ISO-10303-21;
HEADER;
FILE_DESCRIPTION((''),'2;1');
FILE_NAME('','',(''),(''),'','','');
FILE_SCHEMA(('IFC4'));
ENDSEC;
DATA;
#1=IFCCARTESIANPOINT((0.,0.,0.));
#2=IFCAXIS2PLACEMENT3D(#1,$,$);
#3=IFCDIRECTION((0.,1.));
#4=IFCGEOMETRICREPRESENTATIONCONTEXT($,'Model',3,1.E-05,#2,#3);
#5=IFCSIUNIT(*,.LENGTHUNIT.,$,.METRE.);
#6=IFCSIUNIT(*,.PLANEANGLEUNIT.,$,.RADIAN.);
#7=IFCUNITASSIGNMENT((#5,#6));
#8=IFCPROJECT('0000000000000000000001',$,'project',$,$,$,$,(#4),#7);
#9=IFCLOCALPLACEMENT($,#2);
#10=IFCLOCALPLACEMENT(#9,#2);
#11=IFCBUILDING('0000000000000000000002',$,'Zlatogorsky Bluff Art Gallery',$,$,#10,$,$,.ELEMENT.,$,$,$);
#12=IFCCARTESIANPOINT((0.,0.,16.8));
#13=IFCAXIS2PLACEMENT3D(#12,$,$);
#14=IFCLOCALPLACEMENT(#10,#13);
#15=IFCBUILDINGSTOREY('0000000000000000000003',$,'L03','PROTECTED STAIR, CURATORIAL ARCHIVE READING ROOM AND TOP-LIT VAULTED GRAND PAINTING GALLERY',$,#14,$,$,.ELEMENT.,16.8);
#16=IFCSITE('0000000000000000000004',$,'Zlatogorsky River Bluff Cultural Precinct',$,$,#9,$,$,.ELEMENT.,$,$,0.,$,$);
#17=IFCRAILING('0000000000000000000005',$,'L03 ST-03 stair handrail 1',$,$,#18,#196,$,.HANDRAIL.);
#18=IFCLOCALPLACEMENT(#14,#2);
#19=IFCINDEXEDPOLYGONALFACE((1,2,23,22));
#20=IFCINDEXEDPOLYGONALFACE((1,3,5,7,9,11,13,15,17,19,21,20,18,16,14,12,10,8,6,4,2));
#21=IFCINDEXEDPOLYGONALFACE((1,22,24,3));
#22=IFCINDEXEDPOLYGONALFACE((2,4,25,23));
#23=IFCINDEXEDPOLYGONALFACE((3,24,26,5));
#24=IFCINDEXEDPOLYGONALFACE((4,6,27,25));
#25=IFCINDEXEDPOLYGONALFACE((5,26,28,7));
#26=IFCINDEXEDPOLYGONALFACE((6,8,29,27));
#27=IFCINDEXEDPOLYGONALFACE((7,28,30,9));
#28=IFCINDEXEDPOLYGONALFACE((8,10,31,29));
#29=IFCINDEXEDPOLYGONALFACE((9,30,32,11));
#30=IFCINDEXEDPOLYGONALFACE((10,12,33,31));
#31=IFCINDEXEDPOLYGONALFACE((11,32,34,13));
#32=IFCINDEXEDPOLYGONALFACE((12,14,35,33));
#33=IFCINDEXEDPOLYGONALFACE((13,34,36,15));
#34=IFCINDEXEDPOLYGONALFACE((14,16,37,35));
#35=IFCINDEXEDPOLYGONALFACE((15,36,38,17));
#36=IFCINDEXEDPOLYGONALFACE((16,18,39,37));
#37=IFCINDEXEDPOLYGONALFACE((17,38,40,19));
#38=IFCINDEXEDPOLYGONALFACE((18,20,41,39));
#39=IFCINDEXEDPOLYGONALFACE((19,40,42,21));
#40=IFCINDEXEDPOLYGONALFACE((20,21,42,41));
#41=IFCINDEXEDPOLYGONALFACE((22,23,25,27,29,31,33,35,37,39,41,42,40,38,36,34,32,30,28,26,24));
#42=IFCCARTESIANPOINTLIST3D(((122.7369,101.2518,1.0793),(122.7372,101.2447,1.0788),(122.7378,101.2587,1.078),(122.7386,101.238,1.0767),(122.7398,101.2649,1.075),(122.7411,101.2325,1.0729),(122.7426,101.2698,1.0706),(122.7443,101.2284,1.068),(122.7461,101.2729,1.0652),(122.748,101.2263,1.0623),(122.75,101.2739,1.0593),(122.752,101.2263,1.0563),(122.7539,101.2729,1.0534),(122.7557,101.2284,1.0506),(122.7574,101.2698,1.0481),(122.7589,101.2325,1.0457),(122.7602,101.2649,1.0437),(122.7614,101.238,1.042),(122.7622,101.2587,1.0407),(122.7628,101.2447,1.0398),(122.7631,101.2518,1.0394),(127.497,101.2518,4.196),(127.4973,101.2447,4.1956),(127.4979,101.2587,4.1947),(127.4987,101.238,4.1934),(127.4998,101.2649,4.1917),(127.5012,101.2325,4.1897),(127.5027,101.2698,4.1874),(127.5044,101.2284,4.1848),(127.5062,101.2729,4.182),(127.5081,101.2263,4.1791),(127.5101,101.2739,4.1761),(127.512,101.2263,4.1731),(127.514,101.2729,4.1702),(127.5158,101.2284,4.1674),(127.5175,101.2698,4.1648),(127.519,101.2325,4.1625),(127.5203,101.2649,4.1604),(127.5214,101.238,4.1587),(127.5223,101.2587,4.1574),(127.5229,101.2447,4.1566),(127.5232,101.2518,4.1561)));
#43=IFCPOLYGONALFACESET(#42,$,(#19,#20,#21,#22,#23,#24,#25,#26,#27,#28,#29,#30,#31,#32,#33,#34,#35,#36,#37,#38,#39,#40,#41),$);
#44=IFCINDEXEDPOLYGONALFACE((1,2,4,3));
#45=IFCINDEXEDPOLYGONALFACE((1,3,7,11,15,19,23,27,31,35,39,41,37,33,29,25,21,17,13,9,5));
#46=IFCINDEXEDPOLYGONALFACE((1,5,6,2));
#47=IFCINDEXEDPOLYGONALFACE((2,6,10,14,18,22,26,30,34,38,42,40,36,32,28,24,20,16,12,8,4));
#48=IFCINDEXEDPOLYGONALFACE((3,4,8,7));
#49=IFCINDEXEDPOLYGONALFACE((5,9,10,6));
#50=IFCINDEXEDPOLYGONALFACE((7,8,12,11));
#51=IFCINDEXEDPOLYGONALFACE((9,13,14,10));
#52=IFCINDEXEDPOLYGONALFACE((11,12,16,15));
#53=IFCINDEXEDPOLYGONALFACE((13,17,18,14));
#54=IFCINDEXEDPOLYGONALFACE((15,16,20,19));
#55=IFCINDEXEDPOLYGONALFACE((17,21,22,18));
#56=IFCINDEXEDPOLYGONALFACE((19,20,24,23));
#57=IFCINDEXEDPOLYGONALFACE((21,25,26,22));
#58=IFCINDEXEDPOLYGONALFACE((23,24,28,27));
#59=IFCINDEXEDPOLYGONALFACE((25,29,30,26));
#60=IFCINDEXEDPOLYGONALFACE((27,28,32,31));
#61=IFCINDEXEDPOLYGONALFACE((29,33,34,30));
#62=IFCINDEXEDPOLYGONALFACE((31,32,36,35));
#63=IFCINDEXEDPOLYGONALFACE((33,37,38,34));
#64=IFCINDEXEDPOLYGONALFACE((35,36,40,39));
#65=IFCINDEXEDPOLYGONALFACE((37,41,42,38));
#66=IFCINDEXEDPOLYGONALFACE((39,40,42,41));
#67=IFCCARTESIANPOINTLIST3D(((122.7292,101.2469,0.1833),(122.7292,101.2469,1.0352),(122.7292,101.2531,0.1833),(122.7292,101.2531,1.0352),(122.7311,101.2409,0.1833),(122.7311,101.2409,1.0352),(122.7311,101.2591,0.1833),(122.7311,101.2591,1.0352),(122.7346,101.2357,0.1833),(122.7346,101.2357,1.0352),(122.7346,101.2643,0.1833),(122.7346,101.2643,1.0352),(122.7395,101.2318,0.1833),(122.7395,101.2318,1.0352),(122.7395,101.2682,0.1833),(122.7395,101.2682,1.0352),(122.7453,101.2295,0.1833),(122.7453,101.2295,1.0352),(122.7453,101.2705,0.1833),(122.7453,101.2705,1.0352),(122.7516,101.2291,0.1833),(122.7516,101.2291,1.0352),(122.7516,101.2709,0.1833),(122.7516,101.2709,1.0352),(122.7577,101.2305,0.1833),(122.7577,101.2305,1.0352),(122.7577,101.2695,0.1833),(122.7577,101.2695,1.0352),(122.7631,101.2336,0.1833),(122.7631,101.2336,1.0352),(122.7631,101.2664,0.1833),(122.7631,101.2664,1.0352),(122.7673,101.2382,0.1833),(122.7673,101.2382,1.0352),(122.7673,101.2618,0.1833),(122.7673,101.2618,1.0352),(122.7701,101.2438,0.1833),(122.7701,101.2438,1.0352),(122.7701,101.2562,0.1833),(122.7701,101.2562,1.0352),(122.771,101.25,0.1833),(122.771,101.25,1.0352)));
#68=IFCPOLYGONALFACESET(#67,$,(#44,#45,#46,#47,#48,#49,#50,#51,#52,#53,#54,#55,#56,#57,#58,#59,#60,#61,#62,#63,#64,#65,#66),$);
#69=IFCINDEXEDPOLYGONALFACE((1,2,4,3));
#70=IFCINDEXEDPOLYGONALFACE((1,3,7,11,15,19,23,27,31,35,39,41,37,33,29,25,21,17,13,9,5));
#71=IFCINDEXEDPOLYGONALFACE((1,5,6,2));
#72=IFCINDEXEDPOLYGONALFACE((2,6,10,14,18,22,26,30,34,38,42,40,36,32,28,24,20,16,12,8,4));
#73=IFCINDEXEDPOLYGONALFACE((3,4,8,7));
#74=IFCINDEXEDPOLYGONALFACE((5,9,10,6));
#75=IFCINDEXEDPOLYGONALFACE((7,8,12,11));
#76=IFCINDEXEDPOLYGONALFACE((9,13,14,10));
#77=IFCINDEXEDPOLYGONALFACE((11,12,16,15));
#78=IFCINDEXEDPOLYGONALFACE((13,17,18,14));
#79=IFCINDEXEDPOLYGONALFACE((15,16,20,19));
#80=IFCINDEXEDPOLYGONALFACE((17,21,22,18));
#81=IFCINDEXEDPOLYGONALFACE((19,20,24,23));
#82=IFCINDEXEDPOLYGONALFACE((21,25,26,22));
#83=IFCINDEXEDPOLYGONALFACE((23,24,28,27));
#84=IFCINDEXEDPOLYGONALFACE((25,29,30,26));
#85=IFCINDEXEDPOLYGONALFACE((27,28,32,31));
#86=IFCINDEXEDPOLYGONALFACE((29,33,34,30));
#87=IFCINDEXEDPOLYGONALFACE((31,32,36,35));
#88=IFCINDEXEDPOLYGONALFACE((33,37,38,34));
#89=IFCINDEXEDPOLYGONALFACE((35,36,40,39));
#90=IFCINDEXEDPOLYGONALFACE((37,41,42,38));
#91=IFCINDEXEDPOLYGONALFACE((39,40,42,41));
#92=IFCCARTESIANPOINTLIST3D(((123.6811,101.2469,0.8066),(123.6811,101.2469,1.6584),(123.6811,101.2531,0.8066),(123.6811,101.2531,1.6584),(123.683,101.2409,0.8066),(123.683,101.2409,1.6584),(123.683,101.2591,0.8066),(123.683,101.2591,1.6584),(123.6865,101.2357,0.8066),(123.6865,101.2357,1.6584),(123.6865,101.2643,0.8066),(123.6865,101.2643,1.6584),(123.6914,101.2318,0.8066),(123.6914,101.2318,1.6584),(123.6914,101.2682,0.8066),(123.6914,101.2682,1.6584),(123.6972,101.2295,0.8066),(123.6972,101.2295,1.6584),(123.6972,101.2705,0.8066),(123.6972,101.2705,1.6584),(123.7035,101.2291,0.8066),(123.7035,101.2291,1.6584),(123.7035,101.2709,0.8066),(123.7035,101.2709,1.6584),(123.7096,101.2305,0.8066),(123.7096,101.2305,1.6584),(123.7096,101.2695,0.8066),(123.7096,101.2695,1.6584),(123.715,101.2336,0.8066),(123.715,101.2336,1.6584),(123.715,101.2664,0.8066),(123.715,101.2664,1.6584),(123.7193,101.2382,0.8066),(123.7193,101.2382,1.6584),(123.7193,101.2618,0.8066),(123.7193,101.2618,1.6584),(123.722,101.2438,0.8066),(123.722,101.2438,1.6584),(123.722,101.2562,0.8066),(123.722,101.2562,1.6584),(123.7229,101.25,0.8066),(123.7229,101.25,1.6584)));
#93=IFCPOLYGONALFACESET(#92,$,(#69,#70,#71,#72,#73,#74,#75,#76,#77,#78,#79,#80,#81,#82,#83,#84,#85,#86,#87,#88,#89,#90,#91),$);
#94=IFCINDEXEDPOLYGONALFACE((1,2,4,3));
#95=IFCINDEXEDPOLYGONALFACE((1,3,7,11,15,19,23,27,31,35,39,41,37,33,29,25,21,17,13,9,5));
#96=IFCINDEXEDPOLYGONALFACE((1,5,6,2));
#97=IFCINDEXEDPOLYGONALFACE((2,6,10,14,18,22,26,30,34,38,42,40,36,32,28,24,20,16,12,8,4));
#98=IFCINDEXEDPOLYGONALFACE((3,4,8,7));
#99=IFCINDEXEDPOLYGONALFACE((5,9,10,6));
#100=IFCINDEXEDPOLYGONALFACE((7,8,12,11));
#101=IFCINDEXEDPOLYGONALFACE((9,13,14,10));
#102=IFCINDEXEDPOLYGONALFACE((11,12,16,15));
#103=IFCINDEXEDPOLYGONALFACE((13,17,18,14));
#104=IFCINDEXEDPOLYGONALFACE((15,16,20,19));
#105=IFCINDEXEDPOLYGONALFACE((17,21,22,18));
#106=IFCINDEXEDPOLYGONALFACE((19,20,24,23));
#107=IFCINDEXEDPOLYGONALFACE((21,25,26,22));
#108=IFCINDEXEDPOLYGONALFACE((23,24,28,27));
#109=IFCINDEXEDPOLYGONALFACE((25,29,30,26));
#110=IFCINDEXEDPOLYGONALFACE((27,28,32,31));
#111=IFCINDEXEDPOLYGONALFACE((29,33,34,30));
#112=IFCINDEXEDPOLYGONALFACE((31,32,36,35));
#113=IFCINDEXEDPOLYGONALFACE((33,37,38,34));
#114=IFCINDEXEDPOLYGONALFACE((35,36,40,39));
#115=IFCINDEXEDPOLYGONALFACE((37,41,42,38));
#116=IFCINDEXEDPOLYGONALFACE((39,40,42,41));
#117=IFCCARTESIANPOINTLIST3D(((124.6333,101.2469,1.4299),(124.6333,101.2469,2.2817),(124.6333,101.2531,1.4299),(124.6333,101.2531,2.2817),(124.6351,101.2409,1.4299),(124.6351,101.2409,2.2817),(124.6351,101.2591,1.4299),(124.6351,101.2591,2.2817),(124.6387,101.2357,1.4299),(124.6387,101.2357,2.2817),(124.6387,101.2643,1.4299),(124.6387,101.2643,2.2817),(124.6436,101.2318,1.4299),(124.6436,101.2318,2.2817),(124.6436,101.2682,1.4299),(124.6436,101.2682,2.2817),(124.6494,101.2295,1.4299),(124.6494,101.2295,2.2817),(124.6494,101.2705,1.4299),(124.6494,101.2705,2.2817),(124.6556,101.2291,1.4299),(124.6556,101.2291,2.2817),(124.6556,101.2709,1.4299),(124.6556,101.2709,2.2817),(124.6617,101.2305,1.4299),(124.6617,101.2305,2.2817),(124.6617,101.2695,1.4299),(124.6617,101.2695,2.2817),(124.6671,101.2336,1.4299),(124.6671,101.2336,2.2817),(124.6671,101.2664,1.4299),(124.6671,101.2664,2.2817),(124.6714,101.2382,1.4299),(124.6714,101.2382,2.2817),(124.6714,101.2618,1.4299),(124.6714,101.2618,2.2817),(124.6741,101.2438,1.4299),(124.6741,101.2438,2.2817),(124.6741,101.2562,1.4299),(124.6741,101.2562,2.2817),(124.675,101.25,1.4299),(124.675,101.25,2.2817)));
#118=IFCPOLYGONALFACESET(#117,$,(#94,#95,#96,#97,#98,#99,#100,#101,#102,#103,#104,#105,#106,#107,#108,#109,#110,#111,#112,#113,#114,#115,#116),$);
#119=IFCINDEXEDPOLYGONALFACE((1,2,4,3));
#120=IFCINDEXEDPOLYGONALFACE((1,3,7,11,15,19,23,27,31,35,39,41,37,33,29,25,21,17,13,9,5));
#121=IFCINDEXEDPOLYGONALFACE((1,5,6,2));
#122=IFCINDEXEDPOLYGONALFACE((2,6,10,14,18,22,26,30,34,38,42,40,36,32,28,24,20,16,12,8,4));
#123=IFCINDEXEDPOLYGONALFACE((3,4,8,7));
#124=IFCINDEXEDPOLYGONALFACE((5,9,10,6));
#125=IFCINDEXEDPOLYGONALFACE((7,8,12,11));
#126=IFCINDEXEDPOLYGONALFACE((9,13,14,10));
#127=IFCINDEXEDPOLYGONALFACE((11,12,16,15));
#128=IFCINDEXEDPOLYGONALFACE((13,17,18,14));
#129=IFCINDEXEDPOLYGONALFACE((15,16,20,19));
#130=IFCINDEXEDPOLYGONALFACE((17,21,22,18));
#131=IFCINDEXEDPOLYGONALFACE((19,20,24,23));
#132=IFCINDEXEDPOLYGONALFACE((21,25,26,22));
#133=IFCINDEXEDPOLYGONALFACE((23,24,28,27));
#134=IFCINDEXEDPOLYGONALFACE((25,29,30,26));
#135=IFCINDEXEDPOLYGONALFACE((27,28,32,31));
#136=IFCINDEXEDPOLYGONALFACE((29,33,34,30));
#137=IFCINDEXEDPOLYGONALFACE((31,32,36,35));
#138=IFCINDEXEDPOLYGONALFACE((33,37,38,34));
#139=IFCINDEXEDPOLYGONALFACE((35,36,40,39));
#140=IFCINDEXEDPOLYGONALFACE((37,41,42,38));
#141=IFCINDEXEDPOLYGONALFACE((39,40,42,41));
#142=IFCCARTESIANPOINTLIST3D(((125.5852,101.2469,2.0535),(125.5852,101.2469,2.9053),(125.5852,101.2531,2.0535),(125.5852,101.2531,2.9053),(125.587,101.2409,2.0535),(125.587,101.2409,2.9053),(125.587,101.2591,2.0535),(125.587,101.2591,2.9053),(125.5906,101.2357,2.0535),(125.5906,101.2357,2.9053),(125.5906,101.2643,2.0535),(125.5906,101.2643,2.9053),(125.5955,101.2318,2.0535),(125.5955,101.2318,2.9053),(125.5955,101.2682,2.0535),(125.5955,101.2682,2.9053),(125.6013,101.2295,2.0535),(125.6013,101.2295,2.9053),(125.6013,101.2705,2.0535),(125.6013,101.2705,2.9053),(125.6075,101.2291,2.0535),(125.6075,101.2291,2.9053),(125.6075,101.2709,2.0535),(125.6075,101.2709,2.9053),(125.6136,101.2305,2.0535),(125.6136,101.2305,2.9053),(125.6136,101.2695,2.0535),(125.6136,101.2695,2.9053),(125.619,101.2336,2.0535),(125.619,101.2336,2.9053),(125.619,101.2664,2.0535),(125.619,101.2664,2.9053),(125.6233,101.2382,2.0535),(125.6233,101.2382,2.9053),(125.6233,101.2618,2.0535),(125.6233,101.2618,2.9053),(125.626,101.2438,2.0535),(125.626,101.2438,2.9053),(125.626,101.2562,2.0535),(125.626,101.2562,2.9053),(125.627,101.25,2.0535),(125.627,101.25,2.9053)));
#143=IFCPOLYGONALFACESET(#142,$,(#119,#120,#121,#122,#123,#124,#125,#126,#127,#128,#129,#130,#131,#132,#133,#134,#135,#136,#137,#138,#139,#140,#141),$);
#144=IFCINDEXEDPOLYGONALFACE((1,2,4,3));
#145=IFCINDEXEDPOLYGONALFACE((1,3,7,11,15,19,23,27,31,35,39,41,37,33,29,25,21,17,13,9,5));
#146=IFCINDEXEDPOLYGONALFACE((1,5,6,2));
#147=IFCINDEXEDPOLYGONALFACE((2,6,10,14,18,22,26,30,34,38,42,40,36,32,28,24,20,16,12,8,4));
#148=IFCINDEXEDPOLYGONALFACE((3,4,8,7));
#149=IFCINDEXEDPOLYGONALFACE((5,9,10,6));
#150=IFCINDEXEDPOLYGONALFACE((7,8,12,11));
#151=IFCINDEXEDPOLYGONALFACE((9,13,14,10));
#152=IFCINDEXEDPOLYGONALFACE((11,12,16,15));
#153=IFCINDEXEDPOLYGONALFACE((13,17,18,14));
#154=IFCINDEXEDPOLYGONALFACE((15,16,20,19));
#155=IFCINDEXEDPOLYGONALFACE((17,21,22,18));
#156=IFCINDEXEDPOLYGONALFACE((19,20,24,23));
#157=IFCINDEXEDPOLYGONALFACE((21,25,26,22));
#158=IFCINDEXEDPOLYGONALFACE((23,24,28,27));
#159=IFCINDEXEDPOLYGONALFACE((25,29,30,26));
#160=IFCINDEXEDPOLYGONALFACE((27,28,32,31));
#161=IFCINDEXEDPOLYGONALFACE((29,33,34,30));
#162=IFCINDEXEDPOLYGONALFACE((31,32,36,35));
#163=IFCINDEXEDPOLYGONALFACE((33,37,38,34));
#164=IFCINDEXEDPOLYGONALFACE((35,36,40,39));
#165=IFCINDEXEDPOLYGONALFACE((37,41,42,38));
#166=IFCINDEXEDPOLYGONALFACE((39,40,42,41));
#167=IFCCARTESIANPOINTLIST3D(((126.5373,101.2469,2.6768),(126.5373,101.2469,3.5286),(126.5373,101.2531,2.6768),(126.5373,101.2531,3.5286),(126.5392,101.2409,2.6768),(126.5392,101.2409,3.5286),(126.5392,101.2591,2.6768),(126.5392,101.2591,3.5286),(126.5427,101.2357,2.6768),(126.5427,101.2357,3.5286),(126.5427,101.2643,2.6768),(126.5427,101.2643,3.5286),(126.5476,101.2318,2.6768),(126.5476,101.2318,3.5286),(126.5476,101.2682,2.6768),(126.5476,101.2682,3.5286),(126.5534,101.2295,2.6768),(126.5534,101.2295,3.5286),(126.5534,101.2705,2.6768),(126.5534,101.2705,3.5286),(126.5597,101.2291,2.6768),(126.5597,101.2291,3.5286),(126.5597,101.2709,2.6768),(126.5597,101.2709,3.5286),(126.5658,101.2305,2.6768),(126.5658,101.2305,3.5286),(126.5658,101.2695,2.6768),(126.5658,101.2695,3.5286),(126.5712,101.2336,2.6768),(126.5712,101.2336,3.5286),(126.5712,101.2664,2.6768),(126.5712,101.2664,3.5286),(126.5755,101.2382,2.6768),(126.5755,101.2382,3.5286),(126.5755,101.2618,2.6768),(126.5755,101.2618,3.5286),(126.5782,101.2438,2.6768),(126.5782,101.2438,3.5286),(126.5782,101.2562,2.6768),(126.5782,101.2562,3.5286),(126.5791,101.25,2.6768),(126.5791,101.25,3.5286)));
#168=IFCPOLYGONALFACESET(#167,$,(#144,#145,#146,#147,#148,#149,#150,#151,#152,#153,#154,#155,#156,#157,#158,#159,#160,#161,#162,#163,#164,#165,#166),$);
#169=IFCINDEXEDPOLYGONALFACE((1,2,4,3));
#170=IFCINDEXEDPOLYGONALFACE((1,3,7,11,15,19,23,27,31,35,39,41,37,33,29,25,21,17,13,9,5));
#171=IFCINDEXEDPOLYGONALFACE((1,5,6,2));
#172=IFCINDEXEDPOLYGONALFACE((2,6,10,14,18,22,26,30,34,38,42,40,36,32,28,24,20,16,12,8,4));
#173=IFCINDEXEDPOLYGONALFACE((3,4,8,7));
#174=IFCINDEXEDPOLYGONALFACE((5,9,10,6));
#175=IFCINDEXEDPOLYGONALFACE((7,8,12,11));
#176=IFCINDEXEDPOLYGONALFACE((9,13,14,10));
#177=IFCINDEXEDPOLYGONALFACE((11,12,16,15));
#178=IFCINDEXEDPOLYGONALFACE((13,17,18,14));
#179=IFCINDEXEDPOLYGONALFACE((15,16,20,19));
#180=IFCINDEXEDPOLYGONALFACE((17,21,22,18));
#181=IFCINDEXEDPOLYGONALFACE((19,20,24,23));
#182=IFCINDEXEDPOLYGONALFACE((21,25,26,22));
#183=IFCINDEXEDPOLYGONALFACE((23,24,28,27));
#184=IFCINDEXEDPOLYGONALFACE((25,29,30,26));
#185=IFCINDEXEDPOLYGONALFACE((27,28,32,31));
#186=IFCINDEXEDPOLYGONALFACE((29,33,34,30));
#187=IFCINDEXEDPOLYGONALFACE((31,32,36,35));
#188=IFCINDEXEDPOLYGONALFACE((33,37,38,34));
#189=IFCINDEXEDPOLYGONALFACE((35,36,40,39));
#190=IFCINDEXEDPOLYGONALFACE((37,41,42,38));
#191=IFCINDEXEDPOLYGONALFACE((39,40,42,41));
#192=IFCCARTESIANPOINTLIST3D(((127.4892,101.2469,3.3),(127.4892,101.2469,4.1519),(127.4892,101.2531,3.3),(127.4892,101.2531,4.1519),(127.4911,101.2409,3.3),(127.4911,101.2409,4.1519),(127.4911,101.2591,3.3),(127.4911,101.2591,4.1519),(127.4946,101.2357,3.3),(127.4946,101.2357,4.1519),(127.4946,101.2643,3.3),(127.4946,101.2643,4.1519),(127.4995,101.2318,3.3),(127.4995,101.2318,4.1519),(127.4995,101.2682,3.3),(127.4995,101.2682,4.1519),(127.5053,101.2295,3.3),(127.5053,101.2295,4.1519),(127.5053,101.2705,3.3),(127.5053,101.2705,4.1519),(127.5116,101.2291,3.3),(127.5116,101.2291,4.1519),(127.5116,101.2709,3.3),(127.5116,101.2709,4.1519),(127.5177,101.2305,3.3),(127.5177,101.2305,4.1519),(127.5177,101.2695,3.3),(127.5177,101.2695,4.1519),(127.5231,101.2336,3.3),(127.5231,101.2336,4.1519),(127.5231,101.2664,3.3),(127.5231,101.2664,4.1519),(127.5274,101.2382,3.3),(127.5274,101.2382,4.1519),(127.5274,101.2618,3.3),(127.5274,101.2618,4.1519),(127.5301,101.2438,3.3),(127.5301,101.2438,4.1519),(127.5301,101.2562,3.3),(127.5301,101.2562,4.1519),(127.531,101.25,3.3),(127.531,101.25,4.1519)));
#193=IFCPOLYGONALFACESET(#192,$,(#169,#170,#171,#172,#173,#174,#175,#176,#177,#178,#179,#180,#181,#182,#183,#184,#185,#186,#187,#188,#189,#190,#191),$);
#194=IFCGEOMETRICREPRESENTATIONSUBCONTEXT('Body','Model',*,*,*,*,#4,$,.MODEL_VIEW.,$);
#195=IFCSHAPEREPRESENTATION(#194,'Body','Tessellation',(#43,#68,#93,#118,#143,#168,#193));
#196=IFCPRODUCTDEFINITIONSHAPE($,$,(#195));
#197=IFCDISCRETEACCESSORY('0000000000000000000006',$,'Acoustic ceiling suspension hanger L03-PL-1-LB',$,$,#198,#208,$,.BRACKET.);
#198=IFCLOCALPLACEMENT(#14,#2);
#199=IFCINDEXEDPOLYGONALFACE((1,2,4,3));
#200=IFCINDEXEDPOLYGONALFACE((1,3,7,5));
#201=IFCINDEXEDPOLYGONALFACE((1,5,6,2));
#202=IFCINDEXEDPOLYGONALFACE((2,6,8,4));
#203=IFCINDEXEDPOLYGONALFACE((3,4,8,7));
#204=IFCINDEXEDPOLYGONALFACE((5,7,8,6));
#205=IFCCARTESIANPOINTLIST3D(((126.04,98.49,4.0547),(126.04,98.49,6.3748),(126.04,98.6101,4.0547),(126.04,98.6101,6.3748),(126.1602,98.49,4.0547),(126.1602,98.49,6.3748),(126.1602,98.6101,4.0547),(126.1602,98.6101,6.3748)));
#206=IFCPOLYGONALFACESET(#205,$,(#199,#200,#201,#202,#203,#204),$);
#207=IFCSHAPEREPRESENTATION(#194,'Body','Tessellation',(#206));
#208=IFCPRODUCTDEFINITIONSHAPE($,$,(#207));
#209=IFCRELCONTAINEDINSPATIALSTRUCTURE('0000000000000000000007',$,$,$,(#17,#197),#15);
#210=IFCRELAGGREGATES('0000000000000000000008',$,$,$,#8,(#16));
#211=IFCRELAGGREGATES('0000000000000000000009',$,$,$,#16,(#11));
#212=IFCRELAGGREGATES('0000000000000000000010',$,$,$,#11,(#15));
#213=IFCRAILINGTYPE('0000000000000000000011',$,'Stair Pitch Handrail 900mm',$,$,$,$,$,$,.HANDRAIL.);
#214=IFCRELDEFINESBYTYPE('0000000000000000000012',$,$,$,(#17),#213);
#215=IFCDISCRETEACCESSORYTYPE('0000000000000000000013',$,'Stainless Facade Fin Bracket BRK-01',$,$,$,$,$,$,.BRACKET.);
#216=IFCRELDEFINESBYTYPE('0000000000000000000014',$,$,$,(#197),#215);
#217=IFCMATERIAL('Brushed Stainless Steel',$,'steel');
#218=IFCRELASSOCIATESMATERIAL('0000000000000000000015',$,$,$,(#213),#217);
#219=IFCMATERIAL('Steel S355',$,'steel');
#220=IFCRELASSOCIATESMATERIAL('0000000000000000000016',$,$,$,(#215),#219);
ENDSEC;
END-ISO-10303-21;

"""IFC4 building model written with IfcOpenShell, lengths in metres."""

from ifc_helpers import new_model, si_unit, direction, frame, origin, origin_2d, place, context, subcontext, project, spatial, rectangle, circle, extrude, material, type_object, element, save


model = new_model("IFC4")

# Units and contexts
model_context = context("Model", 3, precision=1e-05, world=origin(), true_north=direction((0.0, 1.0)))
body_context = subcontext(model_context, "Body", "Model", "MODEL_VIEW")
ifc_project = project(units=[si_unit("LENGTHUNIT", "METRE"), si_unit("PLANEANGLEUNIT", "RADIAN")], contexts=[model_context])

# Site, building, storey
site_placement = place(None, origin())
site = spatial("IfcSite", under=ifc_project, at=site_placement, Name="Zlatogorsky River Bluff Cultural Precinct", CompositionType="ELEMENT", RefElevation=0.0)
building_placement = place(site_placement, origin())
building = spatial("IfcBuilding", under=site, at=building_placement, Name="Zlatogorsky Bluff Art Gallery", CompositionType="ELEMENT")
storey_placement = place(building_placement, frame((0.0, 0.0, 16.8)))
storey = spatial("IfcBuildingStorey", under=building, at=storey_placement, Name="L03", Description="PROTECTED STAIR, CURATORIAL ARCHIVE READING ROOM AND TOP-LIT VAULTED GRAND PAINTING GALLERY", CompositionType="ELEMENT", Elevation=16.8)

# Shared definitions
ifc_material_1 = material(Name="Steel S355", Category="steel")

# Railing
ifc_material_2 = material(Name="Brushed Stainless Steel", Category="steel")
railing_type_1 = type_object("IfcRailingType", Name="Stair Pitch Handrail 900mm", PredefinedType="HANDRAIL", material=ifc_material_2)
railing_1_placement = place(storey_placement, frame((122.75, 101.25, 0.1833)))
element("IfcRailing", 1, at=railing_1_placement, inside=storey, type_object=railing_type_1, Name="L03 ST-03 stair handrail 1", PredefinedType="HANDRAIL", context=body_context, shape_type="SweptSolid", body=[
    extrude(circle(Radius=0.0239, at=origin_2d()), frame((0.0, 0.0, 0.876), z_axis=(0.836616, 0.0, 0.547789), x_axis=(0.0, 1.0, 0.0)), (0.0, 0.0, 1.0), 5.6897),
    extrude(circle(Radius=0.021, at=origin_2d()), origin(), (0.0, 0.0, 1.0), 0.8518),
    extrude(circle(Radius=0.021, at=origin_2d()), frame((0.9519, 0.0, 0.6233)), (0.0, 0.0, 1.0), 0.8518),
    extrude(circle(Radius=0.021, at=origin_2d()), frame((1.9041, 0.0, 1.2466)), (0.0, 0.0, 1.0), 0.8518),
    extrude(circle(Radius=0.021, at=origin_2d()), frame((2.856, 0.0, 1.8701)), (0.0, 0.0, 1.0), 0.8518),
    extrude(circle(Radius=0.021, at=origin_2d()), frame((3.8081, 0.0, 2.4934)), (0.0, 0.0, 1.0), 0.8518),
    extrude(circle(Radius=0.021, at=origin_2d()), frame((4.76, 0.0, 3.1167)), (0.0, 0.0, 1.0), 0.8518),
])

# Discrete accessory
discrete_accessory_type = type_object("IfcDiscreteAccessoryType", Name="Stainless Facade Fin Bracket BRK-01", PredefinedType="BRACKET", material=ifc_material_1)
for number, where, z_axis, x_axis, name in (
    (2, (126.1001, 98.55, 4.0547), (0.0, 0.0, 1.0), (1.0, 0.0, 0.0), "Acoustic ceiling suspension hanger L03-PL-1-LB"),
):
    element("IfcDiscreteAccessory", number, at=place(storey_placement, frame(where, z_axis=z_axis, x_axis=x_axis)), inside=storey, type_object=discrete_accessory_type, Name=name, PredefinedType="BRACKET", context=body_context, shape_type="SweptSolid", body=[
        extrude(rectangle(XDim=0.1201, YDim=0.1201, at=origin_2d()), origin(), (0.0, 0.0, 1.0), 2.3201),
    ])

save(model, "model.ifc")
